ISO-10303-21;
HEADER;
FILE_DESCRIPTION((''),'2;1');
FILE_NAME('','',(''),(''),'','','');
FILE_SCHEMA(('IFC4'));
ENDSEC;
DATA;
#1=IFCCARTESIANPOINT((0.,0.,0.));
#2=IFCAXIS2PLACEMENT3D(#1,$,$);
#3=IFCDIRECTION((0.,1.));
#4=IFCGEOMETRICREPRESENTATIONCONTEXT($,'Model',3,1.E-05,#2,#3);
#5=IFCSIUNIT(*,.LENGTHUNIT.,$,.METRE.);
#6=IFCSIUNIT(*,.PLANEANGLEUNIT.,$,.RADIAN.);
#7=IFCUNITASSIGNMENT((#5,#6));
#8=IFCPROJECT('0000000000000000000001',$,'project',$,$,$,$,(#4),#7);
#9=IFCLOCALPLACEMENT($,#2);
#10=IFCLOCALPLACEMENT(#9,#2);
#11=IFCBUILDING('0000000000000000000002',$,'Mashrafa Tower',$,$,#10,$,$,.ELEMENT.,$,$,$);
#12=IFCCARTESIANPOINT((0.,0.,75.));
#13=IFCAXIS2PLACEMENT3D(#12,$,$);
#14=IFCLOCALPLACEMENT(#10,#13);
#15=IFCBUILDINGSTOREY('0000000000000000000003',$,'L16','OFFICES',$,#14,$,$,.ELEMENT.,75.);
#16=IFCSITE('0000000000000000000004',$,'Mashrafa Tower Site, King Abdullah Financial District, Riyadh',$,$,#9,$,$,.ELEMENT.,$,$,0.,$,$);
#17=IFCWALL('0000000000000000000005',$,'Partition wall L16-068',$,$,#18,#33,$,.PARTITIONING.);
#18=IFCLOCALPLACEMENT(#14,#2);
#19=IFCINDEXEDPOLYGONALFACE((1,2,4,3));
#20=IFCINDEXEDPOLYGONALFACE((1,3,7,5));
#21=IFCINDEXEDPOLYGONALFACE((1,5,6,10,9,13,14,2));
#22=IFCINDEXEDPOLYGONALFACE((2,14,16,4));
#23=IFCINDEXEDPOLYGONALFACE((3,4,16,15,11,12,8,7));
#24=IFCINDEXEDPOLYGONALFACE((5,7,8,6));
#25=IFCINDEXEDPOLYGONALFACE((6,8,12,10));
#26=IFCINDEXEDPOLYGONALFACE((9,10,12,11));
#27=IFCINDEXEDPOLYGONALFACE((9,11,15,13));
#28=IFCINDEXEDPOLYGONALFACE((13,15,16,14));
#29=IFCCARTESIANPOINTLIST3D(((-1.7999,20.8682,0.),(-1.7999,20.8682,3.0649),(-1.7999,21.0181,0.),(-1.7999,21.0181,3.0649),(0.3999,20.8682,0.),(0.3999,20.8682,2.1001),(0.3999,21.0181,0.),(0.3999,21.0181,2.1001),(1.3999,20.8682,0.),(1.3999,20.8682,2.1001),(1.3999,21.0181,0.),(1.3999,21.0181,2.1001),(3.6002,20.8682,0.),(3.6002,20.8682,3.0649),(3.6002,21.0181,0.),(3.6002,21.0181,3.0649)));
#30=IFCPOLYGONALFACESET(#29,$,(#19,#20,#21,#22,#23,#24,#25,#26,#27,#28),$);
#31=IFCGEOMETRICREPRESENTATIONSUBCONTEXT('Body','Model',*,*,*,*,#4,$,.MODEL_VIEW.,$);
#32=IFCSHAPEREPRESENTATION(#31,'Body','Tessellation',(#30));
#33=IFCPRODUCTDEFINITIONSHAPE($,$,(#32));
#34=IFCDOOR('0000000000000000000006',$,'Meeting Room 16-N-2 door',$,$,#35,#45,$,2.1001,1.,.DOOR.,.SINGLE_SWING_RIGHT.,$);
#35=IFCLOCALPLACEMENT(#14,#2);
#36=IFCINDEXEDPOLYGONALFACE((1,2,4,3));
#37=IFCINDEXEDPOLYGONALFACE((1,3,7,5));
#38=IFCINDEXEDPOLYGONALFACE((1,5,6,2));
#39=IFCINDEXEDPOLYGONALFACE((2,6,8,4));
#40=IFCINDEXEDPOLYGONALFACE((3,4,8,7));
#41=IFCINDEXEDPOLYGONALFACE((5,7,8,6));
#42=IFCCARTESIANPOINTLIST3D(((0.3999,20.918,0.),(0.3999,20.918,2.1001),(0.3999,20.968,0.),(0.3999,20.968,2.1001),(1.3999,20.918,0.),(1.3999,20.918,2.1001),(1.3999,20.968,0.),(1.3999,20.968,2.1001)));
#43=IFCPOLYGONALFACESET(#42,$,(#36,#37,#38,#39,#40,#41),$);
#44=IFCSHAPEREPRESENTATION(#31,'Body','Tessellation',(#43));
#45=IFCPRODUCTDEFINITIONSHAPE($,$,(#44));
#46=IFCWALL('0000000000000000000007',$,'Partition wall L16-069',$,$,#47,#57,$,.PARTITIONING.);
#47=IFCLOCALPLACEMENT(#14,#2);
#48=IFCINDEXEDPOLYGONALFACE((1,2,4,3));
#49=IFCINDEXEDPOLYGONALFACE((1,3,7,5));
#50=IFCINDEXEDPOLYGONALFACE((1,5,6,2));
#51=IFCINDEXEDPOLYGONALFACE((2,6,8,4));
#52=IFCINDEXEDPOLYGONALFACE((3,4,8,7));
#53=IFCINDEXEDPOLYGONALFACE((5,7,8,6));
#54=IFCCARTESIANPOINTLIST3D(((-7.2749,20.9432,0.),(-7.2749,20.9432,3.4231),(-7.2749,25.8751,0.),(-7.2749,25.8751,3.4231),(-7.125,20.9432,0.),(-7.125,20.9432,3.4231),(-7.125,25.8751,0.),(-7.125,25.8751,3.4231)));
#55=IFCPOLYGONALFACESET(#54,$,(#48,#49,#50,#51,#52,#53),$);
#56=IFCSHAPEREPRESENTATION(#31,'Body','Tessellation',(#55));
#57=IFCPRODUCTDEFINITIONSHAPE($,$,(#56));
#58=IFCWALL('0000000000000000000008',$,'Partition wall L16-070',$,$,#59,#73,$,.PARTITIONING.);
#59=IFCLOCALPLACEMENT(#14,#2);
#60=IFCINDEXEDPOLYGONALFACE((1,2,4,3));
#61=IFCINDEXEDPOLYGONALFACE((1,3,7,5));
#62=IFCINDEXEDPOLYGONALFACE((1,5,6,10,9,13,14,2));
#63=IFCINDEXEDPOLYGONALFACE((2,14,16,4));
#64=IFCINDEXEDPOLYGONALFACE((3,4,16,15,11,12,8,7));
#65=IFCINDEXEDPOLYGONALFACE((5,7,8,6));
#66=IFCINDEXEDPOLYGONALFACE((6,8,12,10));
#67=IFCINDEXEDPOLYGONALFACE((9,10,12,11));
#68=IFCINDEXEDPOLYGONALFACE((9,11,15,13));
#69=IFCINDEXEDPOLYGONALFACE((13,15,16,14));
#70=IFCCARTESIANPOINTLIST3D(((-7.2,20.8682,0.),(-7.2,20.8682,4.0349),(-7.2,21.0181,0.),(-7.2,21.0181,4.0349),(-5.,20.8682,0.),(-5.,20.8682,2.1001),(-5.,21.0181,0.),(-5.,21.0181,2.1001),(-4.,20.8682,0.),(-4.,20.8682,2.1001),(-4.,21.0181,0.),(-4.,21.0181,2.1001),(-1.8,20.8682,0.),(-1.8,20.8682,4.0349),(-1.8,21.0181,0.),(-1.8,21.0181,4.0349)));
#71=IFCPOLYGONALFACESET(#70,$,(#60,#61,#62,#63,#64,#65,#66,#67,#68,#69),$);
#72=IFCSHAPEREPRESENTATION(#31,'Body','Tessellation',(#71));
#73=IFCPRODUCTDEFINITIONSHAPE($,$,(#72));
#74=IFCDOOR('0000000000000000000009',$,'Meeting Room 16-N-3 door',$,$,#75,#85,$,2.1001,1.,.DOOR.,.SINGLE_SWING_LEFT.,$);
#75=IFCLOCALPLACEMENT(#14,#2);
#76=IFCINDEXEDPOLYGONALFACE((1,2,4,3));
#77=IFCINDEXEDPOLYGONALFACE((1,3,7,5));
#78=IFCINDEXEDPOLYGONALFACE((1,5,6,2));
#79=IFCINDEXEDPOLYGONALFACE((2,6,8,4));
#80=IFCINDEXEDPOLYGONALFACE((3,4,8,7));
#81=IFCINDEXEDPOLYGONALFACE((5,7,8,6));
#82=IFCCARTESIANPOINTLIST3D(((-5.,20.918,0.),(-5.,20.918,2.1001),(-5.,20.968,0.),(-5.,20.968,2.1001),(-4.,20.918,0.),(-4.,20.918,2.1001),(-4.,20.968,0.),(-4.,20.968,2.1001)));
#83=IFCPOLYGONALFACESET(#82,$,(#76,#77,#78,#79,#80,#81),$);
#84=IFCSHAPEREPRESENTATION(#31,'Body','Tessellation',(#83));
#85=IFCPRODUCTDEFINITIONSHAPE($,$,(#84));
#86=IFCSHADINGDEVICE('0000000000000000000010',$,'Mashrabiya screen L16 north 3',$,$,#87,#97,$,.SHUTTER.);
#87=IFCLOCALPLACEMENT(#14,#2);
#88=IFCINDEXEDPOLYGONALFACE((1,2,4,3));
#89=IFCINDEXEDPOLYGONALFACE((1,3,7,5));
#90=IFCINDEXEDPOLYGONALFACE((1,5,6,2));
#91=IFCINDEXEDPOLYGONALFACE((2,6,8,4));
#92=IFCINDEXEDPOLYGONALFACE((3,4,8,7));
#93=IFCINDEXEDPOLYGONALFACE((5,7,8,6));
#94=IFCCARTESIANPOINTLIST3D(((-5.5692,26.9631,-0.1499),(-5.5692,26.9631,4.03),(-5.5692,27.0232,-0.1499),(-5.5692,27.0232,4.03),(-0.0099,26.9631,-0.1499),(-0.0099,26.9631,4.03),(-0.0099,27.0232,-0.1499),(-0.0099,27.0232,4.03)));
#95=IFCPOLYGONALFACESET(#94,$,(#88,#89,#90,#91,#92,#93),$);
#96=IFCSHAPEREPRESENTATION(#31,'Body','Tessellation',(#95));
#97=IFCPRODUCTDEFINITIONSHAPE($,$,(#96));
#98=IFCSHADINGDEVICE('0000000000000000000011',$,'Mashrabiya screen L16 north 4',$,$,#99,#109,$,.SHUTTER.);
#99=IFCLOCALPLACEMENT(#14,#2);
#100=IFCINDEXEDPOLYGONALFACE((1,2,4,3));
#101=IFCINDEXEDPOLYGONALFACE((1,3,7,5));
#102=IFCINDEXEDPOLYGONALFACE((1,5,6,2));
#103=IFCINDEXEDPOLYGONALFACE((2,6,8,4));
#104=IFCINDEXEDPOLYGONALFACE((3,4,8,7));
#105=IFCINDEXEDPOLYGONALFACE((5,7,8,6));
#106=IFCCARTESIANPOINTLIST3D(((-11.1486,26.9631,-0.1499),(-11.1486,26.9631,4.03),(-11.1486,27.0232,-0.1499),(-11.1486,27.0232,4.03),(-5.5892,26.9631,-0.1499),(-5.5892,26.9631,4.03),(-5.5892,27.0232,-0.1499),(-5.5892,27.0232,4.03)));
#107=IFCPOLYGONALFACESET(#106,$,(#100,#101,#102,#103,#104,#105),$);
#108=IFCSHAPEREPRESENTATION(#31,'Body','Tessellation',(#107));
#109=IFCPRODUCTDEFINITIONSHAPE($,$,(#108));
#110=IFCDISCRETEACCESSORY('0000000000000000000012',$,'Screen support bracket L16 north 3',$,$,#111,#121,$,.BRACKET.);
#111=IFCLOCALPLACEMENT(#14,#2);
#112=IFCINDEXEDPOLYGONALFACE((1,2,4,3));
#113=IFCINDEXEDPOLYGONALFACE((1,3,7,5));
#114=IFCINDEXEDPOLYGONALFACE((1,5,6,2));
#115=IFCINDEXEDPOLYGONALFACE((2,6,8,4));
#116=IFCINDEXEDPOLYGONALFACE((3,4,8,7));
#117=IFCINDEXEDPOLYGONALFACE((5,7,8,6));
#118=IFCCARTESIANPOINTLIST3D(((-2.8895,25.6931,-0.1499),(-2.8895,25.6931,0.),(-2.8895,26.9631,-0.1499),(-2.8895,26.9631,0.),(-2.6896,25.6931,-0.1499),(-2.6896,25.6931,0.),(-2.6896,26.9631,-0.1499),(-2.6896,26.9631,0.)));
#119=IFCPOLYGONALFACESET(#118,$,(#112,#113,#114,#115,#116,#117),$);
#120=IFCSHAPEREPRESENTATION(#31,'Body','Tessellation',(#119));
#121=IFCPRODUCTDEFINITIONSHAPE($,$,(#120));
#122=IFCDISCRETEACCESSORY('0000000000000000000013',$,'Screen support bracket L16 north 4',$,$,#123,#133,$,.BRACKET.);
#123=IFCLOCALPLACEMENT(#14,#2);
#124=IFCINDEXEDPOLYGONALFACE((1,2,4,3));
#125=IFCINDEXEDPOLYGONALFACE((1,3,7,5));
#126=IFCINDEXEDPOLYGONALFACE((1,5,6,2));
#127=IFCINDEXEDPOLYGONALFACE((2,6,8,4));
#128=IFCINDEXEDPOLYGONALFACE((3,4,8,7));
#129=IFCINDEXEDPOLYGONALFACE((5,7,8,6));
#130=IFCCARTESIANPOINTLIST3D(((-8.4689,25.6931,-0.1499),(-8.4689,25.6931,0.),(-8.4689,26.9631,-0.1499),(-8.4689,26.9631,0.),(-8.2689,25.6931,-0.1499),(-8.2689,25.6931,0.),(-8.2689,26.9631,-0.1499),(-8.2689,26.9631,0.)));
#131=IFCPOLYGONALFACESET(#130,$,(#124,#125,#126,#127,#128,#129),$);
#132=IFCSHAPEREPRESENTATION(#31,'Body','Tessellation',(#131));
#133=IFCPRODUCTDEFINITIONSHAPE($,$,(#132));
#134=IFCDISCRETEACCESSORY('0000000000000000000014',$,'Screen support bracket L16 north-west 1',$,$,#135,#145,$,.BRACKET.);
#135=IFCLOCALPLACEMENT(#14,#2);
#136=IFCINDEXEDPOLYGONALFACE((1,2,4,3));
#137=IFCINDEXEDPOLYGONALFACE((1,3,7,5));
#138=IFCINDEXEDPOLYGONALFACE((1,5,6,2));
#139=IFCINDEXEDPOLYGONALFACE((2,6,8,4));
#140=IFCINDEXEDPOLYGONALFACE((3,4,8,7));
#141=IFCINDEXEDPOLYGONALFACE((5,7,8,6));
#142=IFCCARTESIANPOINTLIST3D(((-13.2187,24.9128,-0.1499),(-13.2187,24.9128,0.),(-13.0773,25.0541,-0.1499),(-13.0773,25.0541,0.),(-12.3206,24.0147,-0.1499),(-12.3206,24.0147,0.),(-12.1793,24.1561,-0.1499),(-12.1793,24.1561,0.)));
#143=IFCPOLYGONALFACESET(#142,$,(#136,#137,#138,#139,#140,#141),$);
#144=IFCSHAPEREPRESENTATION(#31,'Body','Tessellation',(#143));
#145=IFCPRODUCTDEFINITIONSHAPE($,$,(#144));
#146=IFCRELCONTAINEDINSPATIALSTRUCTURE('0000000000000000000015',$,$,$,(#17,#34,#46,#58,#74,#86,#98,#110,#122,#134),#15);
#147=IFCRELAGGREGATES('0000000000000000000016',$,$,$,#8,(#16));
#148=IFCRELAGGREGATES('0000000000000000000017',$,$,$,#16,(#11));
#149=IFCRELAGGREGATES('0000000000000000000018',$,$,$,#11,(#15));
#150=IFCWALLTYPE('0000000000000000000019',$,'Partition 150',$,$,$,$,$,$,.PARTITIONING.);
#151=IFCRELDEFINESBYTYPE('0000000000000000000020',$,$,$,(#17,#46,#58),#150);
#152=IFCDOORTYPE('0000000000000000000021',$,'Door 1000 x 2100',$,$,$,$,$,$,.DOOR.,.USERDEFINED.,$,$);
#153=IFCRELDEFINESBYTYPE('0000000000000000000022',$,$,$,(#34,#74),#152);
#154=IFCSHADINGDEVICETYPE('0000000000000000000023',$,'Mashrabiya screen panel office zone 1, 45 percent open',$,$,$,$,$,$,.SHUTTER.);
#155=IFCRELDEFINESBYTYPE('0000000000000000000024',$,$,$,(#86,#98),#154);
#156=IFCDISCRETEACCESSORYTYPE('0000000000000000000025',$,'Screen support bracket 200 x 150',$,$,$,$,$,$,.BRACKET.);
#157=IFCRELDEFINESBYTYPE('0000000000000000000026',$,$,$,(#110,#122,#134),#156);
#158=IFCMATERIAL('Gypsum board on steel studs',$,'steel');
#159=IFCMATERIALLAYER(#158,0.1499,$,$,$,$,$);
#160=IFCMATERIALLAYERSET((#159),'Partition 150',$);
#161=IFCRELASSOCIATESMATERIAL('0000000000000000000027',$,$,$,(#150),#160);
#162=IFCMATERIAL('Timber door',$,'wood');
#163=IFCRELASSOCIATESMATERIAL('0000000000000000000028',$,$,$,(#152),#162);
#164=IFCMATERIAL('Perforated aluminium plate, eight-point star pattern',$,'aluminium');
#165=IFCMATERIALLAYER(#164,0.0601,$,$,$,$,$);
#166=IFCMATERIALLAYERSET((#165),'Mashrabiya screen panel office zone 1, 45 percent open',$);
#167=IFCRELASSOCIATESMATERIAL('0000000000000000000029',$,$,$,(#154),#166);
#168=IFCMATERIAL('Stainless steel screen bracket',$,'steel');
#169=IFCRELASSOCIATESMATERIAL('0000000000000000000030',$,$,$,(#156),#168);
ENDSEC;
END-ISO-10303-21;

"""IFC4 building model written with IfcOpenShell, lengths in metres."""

from ifc_helpers import new_model, si_unit, direction, frame, frame_2d, origin, origin_2d, place, context, subcontext, project, spatial, rectangle, extrude, source, transform, mapped, material, layer, layer_set, type_object, type_shapes, element, fill, save


model = new_model("IFC4")

# Units and contexts
model_context = context("Model", 3, precision=1e-05, world=origin(), true_north=direction((0.0, 1.0)))
body_context = subcontext(model_context, "Body", "Model", "MODEL_VIEW")
ifc_project = project(units=[si_unit("LENGTHUNIT", "METRE"), si_unit("PLANEANGLEUNIT", "RADIAN")], contexts=[model_context])

# Site, building, storey
site_placement = place(None, origin())
site = spatial("IfcSite", under=ifc_project, at=site_placement, Name="Mashrafa Tower Site, King Abdullah Financial District, Riyadh", CompositionType="ELEMENT", RefElevation=0.0)
building_placement = place(site_placement, origin())
building = spatial("IfcBuilding", under=site, at=building_placement, Name="Mashrafa Tower", CompositionType="ELEMENT")
storey_placement = place(building_placement, frame((0.0, 0.0, 75.0)))
storey = spatial("IfcBuildingStorey", under=building, at=storey_placement, Name="L16", Description="OFFICES", CompositionType="ELEMENT", Elevation=75.0)

# Shared definitions
ifc_material_1 = material(Name="Gypsum board on steel studs", Category="steel")
ifc_layer_1 = layer(ifc_material_1, 0.1499)
ifc_layer_set_1 = layer_set([ifc_layer_1], Name="Partition 150")
wall_type_1 = type_object("IfcWallType", Name="Partition 150", PredefinedType="PARTITIONING", material=ifc_layer_set_1)
ifc_material_2 = material(Name="Timber door", Category="wood")
door_type = type_object("IfcDoorType", Name="Door 1000 x 2100", OperationType="USERDEFINED", PredefinedType="DOOR", material=ifc_material_2)

# Wall, opening, door
wall_1_placement = place(storey_placement, frame((-1.8, 20.9431, 0.0), z_axis=(0.0, 0.0, 1.0), x_axis=(1.0, 0.0, 0.0)))
wall_1 = element("IfcWall", 1, at=wall_1_placement, inside=storey, type_object=wall_type_1, Name="Partition wall L16-068", PredefinedType="PARTITIONING", context=body_context, shape_type="SweptSolid", body=[
    extrude(rectangle(XDim=5.4001, YDim=0.1499, at=frame_2d((2.7002, 0.0))), origin(), (0.0, 0.0, 1.0), 3.0649),
])
opening_1_placement = place(wall_1_placement, frame((2.2, 0.0, 0.0)))
opening_1 = element("IfcOpeningElement", 2, at=opening_1_placement, cuts=wall_1, PredefinedType="OPENING", context=body_context, shape_type="SweptSolid", body=[
    extrude(rectangle(XDim=1.0, YDim=2.1001, at=frame_2d((0.5, 1.05))), frame((0.0, 0.085, 0.0), z_axis=(0.0, -1.0, 0.0), x_axis=(1.0, 0.0, 0.0)), (0.0, 0.0, 1.0), 0.1699),
])
door_1_placement = place(opening_1_placement, origin())
door_1 = element("IfcDoor", 3, at=door_1_placement, inside=storey, type_object=door_type, Name="Meeting Room 16-N-2 door", OperationType="SINGLE_SWING_RIGHT", OverallHeight=2.1001, OverallWidth=1.0, PredefinedType="DOOR", context=body_context, shape_type="SweptSolid", body=[
    extrude(rectangle(XDim=1.0, YDim=2.1001, at=frame_2d((0.5, 1.05))), frame((0.0, 0.0249, 0.0), z_axis=(0.0, -1.0, 0.0), x_axis=(1.0, 0.0, 0.0)), (0.0, 0.0, 1.0), 0.05),
])
fill(opening_1, door_1)

# Wall
wall_2_placement = place(storey_placement, frame((-7.2, 25.875, 0.0), z_axis=(0.0, 0.0, 1.0), x_axis=(0.0, -1.0, 0.0)))
element("IfcWall", 4, at=wall_2_placement, inside=storey, type_object=wall_type_1, Name="Partition wall L16-069", PredefinedType="PARTITIONING", context=body_context, shape_type="SweptSolid", body=[
    extrude(rectangle(XDim=4.9319, YDim=0.1499, at=frame_2d((2.4658, 0.0))), origin(), (0.0, 0.0, 1.0), 3.4231),
])

# Wall, opening, door
wall_3_placement = place(storey_placement, frame((-7.2, 20.9431, 0.0), z_axis=(0.0, 0.0, 1.0), x_axis=(1.0, 0.0, 0.0)))
wall_3 = element("IfcWall", 5, at=wall_3_placement, inside=storey, type_object=wall_type_1, Name="Partition wall L16-070", PredefinedType="PARTITIONING", context=body_context, shape_type="SweptSolid", body=[
    extrude(rectangle(XDim=5.3999, YDim=0.1499, at=frame_2d((2.7, 0.0))), origin(), (0.0, 0.0, 1.0), 4.0349),
])
opening_2_placement = place(wall_3_placement, frame((2.2, 0.0, 0.0)))
opening_2 = element("IfcOpeningElement", 6, at=opening_2_placement, cuts=wall_3, PredefinedType="OPENING", context=body_context, shape_type="SweptSolid", body=[
    extrude(rectangle(XDim=1.0, YDim=2.1001, at=frame_2d((0.5, 1.05))), frame((0.0, 0.085, 0.0), z_axis=(0.0, -1.0, 0.0), x_axis=(1.0, 0.0, 0.0)), (0.0, 0.0, 1.0), 0.1699),
])
door_2_placement = place(opening_2_placement, origin())
door_2 = element("IfcDoor", 7, at=door_2_placement, inside=storey, type_object=door_type, Name="Meeting Room 16-N-3 door", OperationType="SINGLE_SWING_LEFT", OverallHeight=2.1001, OverallWidth=1.0, PredefinedType="DOOR", context=body_context, shape_type="SweptSolid", body=[
    extrude(rectangle(XDim=1.0, YDim=2.1001, at=frame_2d((0.5, 1.05))), frame((0.0, 0.0249, 0.0), z_axis=(0.0, -1.0, 0.0), x_axis=(1.0, 0.0, 0.0)), (0.0, 0.0, 1.0), 0.05),
])
fill(opening_2, door_2)

# Shading devices
ifc_material_3 = material(Name="Perforated aluminium plate, eight-point star pattern", Category="aluminium")
ifc_layer_2 = layer(ifc_material_3, 0.0601)
ifc_layer_set_2 = layer_set([ifc_layer_2], Name="Mashrabiya screen panel office zone 1, 45 percent open")
shading_device_type = type_object("IfcShadingDeviceType", Name="Mashrabiya screen panel office zone 1, 45 percent open", PredefinedType="SHUTTER", material=ifc_layer_set_2)
shared_shape_1 = source(origin(), body_context, "Body", "SweptSolid", [
    extrude(rectangle(XDim=5.5593, YDim=0.0601, at=origin_2d()), origin(), (0.0, 0.0, 1.0), 4.1799),
])
type_shapes(shading_device_type, [shared_shape_1])
for number, where, z_axis, x_axis, name in (
    (8, (-2.7896, 26.9932, -0.1499), (0.0, 0.0, 1.0), (-1.0, 0.0, 0.0), "Mashrabiya screen L16 north 3"),
    (9, (-8.3689, 26.9932, -0.1499), (0.0, 0.0, 1.0), (-1.0, 0.0, 0.0), "Mashrabiya screen L16 north 4"),
):
    element("IfcShadingDevice", number, at=place(storey_placement, frame(where, z_axis=z_axis, x_axis=x_axis)), inside=storey, type_object=shading_device_type, Name=name, PredefinedType="SHUTTER", context=body_context, shape_type="MappedRepresentation", body=[
        mapped(shared_shape_1, transform((0.0, 0.0, 0.0))),
    ])

# Discrete accessories
ifc_material_4 = material(Name="Stainless steel screen bracket", Category="steel")
discrete_accessory_type = type_object("IfcDiscreteAccessoryType", Name="Screen support bracket 200 x 150", PredefinedType="BRACKET", material=ifc_material_4)
shared_shape_2 = source(origin(), body_context, "Body", "SweptSolid", [
    extrude(rectangle(XDim=0.2, YDim=1.27, at=origin_2d()), origin(), (0.0, 0.0, 1.0), 0.1499),
])
type_shapes(discrete_accessory_type, [shared_shape_2])
for number, where, z_axis, x_axis, name in (
    (10, (-2.7896, 26.3281, -0.1499), (0.0, 0.0, 1.0), (-1.0, 0.0, 0.0), "Screen support bracket L16 north 3"),
    (11, (-8.3689, 26.3281, -0.1499), (0.0, 0.0, 1.0), (-1.0, 0.0, 0.0), "Screen support bracket L16 north 4"),
    (12, (-12.699, 24.5344, -0.1499), (0.0, 0.0, 1.0), (-0.707107, -0.707107, 0.0), "Screen support bracket L16 north-west 1"),
):
    element("IfcDiscreteAccessory", number, at=place(storey_placement, frame(where, z_axis=z_axis, x_axis=x_axis)), inside=storey, type_object=discrete_accessory_type, Name=name, PredefinedType="BRACKET", context=body_context, shape_type="MappedRepresentation", body=[
        mapped(shared_shape_2, transform((0.0, 0.0, 0.0))),
    ])

save(model, "model.ifc")
